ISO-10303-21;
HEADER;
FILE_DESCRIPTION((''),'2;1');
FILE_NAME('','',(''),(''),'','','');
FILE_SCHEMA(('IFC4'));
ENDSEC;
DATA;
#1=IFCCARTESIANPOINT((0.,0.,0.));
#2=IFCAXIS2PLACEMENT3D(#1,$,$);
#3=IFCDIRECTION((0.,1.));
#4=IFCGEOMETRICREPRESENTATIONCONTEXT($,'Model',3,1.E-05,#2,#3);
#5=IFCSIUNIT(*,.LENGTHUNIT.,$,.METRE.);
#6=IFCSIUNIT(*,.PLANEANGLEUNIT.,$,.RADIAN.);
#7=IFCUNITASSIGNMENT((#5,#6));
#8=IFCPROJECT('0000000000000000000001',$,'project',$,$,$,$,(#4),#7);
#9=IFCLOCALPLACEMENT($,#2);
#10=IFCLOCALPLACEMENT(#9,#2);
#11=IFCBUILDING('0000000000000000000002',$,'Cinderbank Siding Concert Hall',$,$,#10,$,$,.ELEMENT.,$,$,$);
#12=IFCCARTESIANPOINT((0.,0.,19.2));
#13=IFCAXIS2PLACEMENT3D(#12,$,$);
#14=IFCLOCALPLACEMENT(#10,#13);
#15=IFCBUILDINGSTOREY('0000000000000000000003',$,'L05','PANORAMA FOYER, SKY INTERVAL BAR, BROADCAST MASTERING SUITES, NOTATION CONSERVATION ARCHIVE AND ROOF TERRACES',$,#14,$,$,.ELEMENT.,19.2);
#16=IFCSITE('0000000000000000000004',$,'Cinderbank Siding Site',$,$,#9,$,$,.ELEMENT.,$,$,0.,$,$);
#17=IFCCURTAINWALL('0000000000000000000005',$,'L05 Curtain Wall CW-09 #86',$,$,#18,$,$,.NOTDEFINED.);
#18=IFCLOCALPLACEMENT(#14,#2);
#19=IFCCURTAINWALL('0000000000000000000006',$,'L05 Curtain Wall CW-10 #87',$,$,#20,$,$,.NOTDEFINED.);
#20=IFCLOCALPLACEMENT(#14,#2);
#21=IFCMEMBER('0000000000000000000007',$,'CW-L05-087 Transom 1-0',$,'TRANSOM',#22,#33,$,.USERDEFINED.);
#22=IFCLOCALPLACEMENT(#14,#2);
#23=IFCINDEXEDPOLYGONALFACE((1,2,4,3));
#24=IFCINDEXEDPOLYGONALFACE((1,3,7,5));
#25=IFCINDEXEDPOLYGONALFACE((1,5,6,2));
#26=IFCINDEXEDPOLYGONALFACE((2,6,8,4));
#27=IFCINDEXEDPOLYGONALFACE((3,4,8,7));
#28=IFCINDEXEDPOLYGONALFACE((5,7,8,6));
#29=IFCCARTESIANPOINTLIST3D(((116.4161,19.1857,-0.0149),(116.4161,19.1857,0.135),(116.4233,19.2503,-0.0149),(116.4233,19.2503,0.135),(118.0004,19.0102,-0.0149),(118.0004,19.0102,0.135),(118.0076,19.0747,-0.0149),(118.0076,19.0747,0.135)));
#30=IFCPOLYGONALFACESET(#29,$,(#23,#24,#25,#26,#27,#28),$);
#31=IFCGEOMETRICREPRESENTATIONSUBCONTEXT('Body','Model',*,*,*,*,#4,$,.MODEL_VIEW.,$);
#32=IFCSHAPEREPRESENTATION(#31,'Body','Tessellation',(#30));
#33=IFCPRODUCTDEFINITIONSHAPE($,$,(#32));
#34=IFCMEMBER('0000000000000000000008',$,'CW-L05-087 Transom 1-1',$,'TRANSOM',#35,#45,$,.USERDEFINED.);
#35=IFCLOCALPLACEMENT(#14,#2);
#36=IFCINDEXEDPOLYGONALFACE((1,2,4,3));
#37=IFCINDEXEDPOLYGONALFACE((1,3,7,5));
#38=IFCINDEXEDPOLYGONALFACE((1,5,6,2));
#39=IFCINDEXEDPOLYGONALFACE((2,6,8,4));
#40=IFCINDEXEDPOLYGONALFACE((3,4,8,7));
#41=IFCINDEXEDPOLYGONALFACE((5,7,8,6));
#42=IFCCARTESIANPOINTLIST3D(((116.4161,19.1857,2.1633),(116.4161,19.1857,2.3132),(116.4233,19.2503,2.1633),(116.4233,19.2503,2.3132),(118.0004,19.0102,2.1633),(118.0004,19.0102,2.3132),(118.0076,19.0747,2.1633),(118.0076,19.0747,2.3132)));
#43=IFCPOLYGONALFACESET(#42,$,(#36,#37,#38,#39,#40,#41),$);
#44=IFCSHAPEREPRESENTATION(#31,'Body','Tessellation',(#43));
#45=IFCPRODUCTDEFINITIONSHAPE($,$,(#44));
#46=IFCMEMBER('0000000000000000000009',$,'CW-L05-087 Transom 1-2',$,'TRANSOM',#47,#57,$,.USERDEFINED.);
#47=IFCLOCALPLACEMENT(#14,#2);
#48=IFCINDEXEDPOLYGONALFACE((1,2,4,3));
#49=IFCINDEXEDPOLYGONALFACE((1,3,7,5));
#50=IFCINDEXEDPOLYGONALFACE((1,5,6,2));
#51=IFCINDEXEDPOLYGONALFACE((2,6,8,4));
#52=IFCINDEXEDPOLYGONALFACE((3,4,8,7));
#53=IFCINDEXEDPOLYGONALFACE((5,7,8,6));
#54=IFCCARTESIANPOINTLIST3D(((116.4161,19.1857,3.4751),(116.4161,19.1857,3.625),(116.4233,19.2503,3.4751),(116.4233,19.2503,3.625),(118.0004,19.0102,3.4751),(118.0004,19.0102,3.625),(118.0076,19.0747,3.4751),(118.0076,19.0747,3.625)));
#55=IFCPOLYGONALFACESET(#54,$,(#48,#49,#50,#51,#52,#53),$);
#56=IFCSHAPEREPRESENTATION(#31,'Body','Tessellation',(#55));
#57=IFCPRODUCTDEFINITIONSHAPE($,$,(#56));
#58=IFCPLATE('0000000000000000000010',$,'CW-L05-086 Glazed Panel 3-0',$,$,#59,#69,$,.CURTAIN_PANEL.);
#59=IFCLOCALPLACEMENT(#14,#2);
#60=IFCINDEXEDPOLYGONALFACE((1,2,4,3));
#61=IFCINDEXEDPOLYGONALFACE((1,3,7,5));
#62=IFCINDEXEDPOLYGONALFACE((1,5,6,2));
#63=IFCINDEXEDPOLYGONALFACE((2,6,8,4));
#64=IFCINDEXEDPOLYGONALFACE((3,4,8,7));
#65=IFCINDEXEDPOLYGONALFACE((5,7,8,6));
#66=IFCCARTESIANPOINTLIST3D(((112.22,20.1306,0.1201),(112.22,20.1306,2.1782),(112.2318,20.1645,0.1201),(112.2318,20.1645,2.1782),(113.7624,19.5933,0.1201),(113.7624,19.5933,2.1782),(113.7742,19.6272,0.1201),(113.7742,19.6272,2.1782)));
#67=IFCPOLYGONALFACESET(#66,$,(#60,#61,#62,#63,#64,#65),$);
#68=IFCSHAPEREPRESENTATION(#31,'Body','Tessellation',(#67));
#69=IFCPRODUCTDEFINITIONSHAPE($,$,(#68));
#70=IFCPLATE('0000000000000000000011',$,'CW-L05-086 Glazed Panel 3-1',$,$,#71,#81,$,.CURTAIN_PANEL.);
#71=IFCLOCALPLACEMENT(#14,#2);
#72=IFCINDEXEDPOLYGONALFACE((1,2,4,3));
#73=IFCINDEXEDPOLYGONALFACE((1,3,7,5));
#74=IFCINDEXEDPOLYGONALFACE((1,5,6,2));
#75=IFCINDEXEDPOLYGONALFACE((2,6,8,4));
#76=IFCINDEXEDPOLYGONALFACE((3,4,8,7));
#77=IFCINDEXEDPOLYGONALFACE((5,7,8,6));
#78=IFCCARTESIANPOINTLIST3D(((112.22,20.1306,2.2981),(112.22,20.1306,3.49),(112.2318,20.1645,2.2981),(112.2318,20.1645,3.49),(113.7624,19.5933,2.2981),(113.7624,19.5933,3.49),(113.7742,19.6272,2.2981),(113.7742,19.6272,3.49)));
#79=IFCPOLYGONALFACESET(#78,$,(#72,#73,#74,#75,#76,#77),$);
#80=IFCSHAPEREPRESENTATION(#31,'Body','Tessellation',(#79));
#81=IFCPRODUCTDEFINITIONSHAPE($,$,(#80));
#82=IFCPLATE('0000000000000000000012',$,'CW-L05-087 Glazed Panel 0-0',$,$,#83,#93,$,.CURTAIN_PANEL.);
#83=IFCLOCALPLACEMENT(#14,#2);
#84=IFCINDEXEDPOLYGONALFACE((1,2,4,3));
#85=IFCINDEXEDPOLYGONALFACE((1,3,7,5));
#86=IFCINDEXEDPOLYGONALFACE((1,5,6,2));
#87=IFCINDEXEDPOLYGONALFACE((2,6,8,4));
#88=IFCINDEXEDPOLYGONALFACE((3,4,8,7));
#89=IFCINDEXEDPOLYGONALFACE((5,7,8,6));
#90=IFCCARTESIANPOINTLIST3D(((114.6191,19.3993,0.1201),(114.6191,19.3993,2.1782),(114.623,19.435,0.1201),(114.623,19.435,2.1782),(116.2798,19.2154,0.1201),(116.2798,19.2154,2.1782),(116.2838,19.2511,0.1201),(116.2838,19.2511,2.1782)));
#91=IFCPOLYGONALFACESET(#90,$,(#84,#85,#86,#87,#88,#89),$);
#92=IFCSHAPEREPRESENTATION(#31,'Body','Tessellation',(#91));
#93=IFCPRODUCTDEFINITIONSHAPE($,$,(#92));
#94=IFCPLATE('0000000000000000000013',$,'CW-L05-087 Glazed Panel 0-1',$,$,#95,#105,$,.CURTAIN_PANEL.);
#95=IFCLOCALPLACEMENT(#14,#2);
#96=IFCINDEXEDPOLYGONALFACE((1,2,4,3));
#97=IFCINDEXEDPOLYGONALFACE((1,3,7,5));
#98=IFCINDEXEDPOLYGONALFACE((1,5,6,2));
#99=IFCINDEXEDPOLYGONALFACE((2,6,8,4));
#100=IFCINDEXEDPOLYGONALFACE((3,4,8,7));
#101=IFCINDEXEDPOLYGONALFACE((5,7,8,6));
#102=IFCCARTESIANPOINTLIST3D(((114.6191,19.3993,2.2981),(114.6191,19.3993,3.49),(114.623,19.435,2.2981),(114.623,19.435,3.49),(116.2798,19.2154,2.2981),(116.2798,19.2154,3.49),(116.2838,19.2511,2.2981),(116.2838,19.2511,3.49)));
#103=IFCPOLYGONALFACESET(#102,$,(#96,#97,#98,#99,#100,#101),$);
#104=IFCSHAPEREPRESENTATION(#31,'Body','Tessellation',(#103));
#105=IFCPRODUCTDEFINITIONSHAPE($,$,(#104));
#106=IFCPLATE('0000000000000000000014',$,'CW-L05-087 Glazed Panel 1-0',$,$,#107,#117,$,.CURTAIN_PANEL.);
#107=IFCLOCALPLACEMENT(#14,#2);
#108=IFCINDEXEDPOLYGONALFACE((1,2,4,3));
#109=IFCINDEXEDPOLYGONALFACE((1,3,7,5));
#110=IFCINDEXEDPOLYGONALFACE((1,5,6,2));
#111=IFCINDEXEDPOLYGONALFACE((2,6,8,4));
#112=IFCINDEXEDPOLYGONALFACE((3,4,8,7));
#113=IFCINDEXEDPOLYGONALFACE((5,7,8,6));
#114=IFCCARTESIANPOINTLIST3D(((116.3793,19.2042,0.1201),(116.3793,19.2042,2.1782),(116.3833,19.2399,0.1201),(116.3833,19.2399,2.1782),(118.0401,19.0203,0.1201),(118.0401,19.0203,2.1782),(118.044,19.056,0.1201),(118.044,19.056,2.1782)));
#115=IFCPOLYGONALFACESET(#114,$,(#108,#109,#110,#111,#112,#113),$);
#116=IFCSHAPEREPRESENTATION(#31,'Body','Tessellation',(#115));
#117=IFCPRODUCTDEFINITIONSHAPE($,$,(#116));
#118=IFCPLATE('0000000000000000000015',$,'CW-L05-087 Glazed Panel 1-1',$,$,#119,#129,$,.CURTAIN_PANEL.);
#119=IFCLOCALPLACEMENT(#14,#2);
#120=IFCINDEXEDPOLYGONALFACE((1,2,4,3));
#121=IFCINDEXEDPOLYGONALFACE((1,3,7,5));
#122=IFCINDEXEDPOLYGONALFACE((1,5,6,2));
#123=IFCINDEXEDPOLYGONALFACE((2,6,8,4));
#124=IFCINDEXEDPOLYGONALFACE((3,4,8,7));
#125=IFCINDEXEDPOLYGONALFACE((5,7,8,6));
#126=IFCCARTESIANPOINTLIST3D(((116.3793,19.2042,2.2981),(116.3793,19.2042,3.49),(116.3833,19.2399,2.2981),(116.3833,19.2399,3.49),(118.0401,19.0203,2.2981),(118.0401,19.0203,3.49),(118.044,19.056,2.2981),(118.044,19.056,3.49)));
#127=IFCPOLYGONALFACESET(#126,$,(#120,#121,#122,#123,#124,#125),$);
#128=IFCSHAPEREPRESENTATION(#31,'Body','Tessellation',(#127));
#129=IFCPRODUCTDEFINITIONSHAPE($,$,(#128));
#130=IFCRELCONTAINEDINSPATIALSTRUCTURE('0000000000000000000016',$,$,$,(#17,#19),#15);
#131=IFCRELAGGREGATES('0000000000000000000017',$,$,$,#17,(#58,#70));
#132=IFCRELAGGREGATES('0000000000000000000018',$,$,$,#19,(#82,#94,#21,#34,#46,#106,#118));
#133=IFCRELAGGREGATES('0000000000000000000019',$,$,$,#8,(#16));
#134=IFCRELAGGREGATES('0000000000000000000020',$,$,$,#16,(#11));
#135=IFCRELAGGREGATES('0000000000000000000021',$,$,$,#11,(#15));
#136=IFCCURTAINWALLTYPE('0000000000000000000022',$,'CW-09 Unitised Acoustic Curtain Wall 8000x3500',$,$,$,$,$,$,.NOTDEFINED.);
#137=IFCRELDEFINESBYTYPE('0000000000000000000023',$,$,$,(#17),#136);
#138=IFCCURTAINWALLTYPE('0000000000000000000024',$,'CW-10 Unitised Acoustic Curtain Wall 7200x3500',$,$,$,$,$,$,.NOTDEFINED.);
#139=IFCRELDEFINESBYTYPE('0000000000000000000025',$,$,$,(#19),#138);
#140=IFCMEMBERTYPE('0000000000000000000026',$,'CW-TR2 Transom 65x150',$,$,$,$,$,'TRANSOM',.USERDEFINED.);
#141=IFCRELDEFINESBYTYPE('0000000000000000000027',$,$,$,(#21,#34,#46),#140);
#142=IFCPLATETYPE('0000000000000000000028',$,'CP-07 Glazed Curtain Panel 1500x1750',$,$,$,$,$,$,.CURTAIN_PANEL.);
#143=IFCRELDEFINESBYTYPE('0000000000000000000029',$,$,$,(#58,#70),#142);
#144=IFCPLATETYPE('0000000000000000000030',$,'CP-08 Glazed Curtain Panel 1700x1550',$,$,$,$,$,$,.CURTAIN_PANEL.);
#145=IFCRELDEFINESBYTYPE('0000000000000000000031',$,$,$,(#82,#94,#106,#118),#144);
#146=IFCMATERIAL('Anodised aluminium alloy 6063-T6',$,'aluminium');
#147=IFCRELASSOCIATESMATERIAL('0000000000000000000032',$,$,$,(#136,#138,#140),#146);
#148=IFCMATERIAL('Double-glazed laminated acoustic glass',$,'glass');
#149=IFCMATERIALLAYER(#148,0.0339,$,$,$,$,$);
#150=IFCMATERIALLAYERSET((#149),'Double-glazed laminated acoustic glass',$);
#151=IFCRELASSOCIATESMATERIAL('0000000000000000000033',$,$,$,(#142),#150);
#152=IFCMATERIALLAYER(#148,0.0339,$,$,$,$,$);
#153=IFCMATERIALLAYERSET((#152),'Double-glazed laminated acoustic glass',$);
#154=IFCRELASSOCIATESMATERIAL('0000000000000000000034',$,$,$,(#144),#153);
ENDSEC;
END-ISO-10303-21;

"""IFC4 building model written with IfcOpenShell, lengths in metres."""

from ifc_helpers import new_model, si_unit, direction, frame, origin, origin_2d, place, context, subcontext, project, spatial, rectangle, extrude, material, layer, layer_set, material_profile, profile_set, type_object, element, aggregate, save


model = new_model("IFC4")

# Units and contexts
model_context = context("Model", 3, precision=1e-05, world=origin(), true_north=direction((0.0, 1.0)))
body_context = subcontext(model_context, "Body", "Model", "MODEL_VIEW")
ifc_project = project(units=[si_unit("LENGTHUNIT", "METRE"), si_unit("PLANEANGLEUNIT", "RADIAN")], contexts=[model_context])

# Site, building, storey
site_placement = place(None, origin())
site = spatial("IfcSite", under=ifc_project, at=site_placement, Name="Cinderbank Siding Site", CompositionType="ELEMENT", RefElevation=0.0)
building_placement = place(site_placement, origin())
building = spatial("IfcBuilding", under=site, at=building_placement, Name="Cinderbank Siding Concert Hall", CompositionType="ELEMENT")
storey_placement = place(building_placement, frame((0.0, 0.0, 19.2)))
storey = spatial("IfcBuildingStorey", under=building, at=storey_placement, Name="L05", Description="PANORAMA FOYER, SKY INTERVAL BAR, BROADCAST MASTERING SUITES, NOTATION CONSERVATION ARCHIVE AND ROOF TERRACES", CompositionType="ELEMENT", Elevation=19.2)

# Curtain wall
ifc_material_1 = material(Name="Anodised aluminium alloy 6063-T6", Category="aluminium")
curtain_wall_type_1 = type_object("IfcCurtainWallType", Name="CW-09 Unitised Acoustic Curtain Wall 8000x3500", PredefinedType="NOTDEFINED", material=ifc_material_1)
curtain_wall_1_placement = place(storey_placement, origin())
curtain_wall_1 = element("IfcCurtainWall", 1, at=curtain_wall_1_placement, inside=storey, type_object=curtain_wall_type_1, Name="L05 Curtain Wall CW-09 #86", PredefinedType="NOTDEFINED")

# Curtain wall
curtain_wall_type_2 = type_object("IfcCurtainWallType", Name="CW-10 Unitised Acoustic Curtain Wall 7200x3500", PredefinedType="NOTDEFINED", material=ifc_material_1)
curtain_wall_2_placement = place(storey_placement, origin())
curtain_wall_2 = element("IfcCurtainWall", 2, at=curtain_wall_2_placement, inside=storey, type_object=curtain_wall_type_2, Name="L05 Curtain Wall CW-10 #87", PredefinedType="NOTDEFINED")

# Members
ifc_material_profile_1 = material_profile(ifc_material_1, rectangle(XDim=0.0649, YDim=0.1499, at=origin_2d()), Name="ALU-TRAN-65x150", Category="LoadBearing")
ifc_profile_set_1 = profile_set([ifc_material_profile_1], Name="Anodised aluminium alloy 6063-T6")
member_type_1 = type_object("IfcMemberType", Name="CW-TR2 Transom 65x150", ElementType="TRANSOM", PredefinedType="USERDEFINED", material=ifc_profile_set_1)
member_1_placement = place(storey_placement, frame((116.4197, 19.218, 0.0601), z_axis=(0.993917, -0.110129, 0.0), x_axis=(0.110129, 0.993917, 0.0)))
member_1 = element("IfcMember", 3, at=member_1_placement, type_object=member_type_1, Name="CW-L05-087 Transom 1-0", ObjectType="TRANSOM", PredefinedType="USERDEFINED", context=body_context, shape_type="SweptSolid", body=[
    extrude(rectangle(XDim=0.0649, YDim=0.1499, at=origin_2d()), origin(), (0.0, 0.0, 1.0), 1.594),
])
member_2_placement = place(storey_placement, frame((116.4197, 19.218, 2.2383), z_axis=(0.993917, -0.110129, 0.0), x_axis=(0.110129, 0.993917, 0.0)))
member_2 = element("IfcMember", 4, at=member_2_placement, type_object=member_type_1, Name="CW-L05-087 Transom 1-1", ObjectType="TRANSOM", PredefinedType="USERDEFINED", context=body_context, shape_type="SweptSolid", body=[
    extrude(rectangle(XDim=0.0649, YDim=0.1499, at=origin_2d()), origin(), (0.0, 0.0, 1.0), 1.594),
])
member_3_placement = place(storey_placement, frame((116.4197, 19.218, 3.55), z_axis=(0.993917, -0.110129, 0.0), x_axis=(0.110129, 0.993917, 0.0)))
member_3 = element("IfcMember", 5, at=member_3_placement, type_object=member_type_1, Name="CW-L05-087 Transom 1-2", ObjectType="TRANSOM", PredefinedType="USERDEFINED", context=body_context, shape_type="SweptSolid", body=[
    extrude(rectangle(XDim=0.0649, YDim=0.1499, at=origin_2d()), origin(), (0.0, 0.0, 1.0), 1.594),
])

# Plates
ifc_material_2 = material(Name="Double-glazed laminated acoustic glass", Category="glass")
ifc_layer_1 = layer(ifc_material_2, 0.0339)
ifc_layer_set_1 = layer_set([ifc_layer_1], Name="Double-glazed laminated acoustic glass")
plate_type_1 = type_object("IfcPlateType", Name="CP-07 Glazed Curtain Panel 1500x1750", PredefinedType="CURTAIN_PANEL", material=ifc_layer_set_1)
plate_1_placement = place(storey_placement, frame((112.9971, 19.8789, 0.1201), z_axis=(0.0, 0.0, 1.0), x_axis=(0.944334, -0.328988, 0.0)))
plate_1 = element("IfcPlate", 6, at=plate_1_placement, type_object=plate_type_1, Name="CW-L05-086 Glazed Panel 3-0", PredefinedType="CURTAIN_PANEL", context=body_context, shape_type="SweptSolid", body=[
    extrude(rectangle(XDim=1.6333, YDim=0.0359, at=origin_2d()), origin(), (0.0, 0.0, 1.0), 2.0581),
])
plate_2_placement = place(storey_placement, frame((112.9971, 19.8789, 2.2981), z_axis=(0.0, 0.0, 1.0), x_axis=(0.944334, -0.328988, 0.0)))
plate_2 = element("IfcPlate", 7, at=plate_2_placement, type_object=plate_type_1, Name="CW-L05-086 Glazed Panel 3-1", PredefinedType="CURTAIN_PANEL", context=body_context, shape_type="SweptSolid", body=[
    extrude(rectangle(XDim=1.6333, YDim=0.0359, at=origin_2d()), origin(), (0.0, 0.0, 1.0), 1.1919),
])
aggregate(curtain_wall_1, [plate_1, plate_2])
ifc_layer_2 = layer(ifc_material_2, 0.0339)
ifc_layer_set_2 = layer_set([ifc_layer_2], Name="Double-glazed laminated acoustic glass")
plate_type_2 = type_object("IfcPlateType", Name="CP-08 Glazed Curtain Panel 1700x1550", PredefinedType="CURTAIN_PANEL", material=ifc_layer_set_2)
plate_3_placement = place(storey_placement, frame((115.4514, 19.3252, 0.1201), z_axis=(0.0, 0.0, 1.0), x_axis=(0.993925, -0.110057, 0.0)))
plate_3 = element("IfcPlate", 8, at=plate_3_placement, type_object=plate_type_2, Name="CW-L05-087 Glazed Panel 0-0", PredefinedType="CURTAIN_PANEL", context=body_context, shape_type="SweptSolid", body=[
    extrude(rectangle(XDim=1.6709, YDim=0.0359, at=origin_2d()), origin(), (0.0, 0.0, 1.0), 2.0581),
])
plate_4_placement = place(storey_placement, frame((115.4514, 19.3252, 2.2981), z_axis=(0.0, 0.0, 1.0), x_axis=(0.993925, -0.110057, 0.0)))
plate_4 = element("IfcPlate", 9, at=plate_4_placement, type_object=plate_type_2, Name="CW-L05-087 Glazed Panel 0-1", PredefinedType="CURTAIN_PANEL", context=body_context, shape_type="SweptSolid", body=[
    extrude(rectangle(XDim=1.6709, YDim=0.0359, at=origin_2d()), origin(), (0.0, 0.0, 1.0), 1.1919),
])
plate_5_placement = place(storey_placement, frame((117.2117, 19.1301, 0.1201), z_axis=(0.0, 0.0, 1.0), x_axis=(0.993925, -0.110057, 0.0)))
plate_5 = element("IfcPlate", 10, at=plate_5_placement, type_object=plate_type_2, Name="CW-L05-087 Glazed Panel 1-0", PredefinedType="CURTAIN_PANEL", context=body_context, shape_type="SweptSolid", body=[
    extrude(rectangle(XDim=1.6709, YDim=0.0359, at=origin_2d()), origin(), (0.0, 0.0, 1.0), 2.0581),
])
plate_6_placement = place(storey_placement, frame((117.2117, 19.1301, 2.2981), z_axis=(0.0, 0.0, 1.0), x_axis=(0.993925, -0.110057, 0.0)))
plate_6 = element("IfcPlate", 11, at=plate_6_placement, type_object=plate_type_2, Name="CW-L05-087 Glazed Panel 1-1", PredefinedType="CURTAIN_PANEL", context=body_context, shape_type="SweptSolid", body=[
    extrude(rectangle(XDim=1.6709, YDim=0.0359, at=origin_2d()), origin(), (0.0, 0.0, 1.0), 1.1919),
])
aggregate(curtain_wall_2, [plate_3, plate_4, member_1, member_2, member_3, plate_5, plate_6])

save(model, "model.ifc")
